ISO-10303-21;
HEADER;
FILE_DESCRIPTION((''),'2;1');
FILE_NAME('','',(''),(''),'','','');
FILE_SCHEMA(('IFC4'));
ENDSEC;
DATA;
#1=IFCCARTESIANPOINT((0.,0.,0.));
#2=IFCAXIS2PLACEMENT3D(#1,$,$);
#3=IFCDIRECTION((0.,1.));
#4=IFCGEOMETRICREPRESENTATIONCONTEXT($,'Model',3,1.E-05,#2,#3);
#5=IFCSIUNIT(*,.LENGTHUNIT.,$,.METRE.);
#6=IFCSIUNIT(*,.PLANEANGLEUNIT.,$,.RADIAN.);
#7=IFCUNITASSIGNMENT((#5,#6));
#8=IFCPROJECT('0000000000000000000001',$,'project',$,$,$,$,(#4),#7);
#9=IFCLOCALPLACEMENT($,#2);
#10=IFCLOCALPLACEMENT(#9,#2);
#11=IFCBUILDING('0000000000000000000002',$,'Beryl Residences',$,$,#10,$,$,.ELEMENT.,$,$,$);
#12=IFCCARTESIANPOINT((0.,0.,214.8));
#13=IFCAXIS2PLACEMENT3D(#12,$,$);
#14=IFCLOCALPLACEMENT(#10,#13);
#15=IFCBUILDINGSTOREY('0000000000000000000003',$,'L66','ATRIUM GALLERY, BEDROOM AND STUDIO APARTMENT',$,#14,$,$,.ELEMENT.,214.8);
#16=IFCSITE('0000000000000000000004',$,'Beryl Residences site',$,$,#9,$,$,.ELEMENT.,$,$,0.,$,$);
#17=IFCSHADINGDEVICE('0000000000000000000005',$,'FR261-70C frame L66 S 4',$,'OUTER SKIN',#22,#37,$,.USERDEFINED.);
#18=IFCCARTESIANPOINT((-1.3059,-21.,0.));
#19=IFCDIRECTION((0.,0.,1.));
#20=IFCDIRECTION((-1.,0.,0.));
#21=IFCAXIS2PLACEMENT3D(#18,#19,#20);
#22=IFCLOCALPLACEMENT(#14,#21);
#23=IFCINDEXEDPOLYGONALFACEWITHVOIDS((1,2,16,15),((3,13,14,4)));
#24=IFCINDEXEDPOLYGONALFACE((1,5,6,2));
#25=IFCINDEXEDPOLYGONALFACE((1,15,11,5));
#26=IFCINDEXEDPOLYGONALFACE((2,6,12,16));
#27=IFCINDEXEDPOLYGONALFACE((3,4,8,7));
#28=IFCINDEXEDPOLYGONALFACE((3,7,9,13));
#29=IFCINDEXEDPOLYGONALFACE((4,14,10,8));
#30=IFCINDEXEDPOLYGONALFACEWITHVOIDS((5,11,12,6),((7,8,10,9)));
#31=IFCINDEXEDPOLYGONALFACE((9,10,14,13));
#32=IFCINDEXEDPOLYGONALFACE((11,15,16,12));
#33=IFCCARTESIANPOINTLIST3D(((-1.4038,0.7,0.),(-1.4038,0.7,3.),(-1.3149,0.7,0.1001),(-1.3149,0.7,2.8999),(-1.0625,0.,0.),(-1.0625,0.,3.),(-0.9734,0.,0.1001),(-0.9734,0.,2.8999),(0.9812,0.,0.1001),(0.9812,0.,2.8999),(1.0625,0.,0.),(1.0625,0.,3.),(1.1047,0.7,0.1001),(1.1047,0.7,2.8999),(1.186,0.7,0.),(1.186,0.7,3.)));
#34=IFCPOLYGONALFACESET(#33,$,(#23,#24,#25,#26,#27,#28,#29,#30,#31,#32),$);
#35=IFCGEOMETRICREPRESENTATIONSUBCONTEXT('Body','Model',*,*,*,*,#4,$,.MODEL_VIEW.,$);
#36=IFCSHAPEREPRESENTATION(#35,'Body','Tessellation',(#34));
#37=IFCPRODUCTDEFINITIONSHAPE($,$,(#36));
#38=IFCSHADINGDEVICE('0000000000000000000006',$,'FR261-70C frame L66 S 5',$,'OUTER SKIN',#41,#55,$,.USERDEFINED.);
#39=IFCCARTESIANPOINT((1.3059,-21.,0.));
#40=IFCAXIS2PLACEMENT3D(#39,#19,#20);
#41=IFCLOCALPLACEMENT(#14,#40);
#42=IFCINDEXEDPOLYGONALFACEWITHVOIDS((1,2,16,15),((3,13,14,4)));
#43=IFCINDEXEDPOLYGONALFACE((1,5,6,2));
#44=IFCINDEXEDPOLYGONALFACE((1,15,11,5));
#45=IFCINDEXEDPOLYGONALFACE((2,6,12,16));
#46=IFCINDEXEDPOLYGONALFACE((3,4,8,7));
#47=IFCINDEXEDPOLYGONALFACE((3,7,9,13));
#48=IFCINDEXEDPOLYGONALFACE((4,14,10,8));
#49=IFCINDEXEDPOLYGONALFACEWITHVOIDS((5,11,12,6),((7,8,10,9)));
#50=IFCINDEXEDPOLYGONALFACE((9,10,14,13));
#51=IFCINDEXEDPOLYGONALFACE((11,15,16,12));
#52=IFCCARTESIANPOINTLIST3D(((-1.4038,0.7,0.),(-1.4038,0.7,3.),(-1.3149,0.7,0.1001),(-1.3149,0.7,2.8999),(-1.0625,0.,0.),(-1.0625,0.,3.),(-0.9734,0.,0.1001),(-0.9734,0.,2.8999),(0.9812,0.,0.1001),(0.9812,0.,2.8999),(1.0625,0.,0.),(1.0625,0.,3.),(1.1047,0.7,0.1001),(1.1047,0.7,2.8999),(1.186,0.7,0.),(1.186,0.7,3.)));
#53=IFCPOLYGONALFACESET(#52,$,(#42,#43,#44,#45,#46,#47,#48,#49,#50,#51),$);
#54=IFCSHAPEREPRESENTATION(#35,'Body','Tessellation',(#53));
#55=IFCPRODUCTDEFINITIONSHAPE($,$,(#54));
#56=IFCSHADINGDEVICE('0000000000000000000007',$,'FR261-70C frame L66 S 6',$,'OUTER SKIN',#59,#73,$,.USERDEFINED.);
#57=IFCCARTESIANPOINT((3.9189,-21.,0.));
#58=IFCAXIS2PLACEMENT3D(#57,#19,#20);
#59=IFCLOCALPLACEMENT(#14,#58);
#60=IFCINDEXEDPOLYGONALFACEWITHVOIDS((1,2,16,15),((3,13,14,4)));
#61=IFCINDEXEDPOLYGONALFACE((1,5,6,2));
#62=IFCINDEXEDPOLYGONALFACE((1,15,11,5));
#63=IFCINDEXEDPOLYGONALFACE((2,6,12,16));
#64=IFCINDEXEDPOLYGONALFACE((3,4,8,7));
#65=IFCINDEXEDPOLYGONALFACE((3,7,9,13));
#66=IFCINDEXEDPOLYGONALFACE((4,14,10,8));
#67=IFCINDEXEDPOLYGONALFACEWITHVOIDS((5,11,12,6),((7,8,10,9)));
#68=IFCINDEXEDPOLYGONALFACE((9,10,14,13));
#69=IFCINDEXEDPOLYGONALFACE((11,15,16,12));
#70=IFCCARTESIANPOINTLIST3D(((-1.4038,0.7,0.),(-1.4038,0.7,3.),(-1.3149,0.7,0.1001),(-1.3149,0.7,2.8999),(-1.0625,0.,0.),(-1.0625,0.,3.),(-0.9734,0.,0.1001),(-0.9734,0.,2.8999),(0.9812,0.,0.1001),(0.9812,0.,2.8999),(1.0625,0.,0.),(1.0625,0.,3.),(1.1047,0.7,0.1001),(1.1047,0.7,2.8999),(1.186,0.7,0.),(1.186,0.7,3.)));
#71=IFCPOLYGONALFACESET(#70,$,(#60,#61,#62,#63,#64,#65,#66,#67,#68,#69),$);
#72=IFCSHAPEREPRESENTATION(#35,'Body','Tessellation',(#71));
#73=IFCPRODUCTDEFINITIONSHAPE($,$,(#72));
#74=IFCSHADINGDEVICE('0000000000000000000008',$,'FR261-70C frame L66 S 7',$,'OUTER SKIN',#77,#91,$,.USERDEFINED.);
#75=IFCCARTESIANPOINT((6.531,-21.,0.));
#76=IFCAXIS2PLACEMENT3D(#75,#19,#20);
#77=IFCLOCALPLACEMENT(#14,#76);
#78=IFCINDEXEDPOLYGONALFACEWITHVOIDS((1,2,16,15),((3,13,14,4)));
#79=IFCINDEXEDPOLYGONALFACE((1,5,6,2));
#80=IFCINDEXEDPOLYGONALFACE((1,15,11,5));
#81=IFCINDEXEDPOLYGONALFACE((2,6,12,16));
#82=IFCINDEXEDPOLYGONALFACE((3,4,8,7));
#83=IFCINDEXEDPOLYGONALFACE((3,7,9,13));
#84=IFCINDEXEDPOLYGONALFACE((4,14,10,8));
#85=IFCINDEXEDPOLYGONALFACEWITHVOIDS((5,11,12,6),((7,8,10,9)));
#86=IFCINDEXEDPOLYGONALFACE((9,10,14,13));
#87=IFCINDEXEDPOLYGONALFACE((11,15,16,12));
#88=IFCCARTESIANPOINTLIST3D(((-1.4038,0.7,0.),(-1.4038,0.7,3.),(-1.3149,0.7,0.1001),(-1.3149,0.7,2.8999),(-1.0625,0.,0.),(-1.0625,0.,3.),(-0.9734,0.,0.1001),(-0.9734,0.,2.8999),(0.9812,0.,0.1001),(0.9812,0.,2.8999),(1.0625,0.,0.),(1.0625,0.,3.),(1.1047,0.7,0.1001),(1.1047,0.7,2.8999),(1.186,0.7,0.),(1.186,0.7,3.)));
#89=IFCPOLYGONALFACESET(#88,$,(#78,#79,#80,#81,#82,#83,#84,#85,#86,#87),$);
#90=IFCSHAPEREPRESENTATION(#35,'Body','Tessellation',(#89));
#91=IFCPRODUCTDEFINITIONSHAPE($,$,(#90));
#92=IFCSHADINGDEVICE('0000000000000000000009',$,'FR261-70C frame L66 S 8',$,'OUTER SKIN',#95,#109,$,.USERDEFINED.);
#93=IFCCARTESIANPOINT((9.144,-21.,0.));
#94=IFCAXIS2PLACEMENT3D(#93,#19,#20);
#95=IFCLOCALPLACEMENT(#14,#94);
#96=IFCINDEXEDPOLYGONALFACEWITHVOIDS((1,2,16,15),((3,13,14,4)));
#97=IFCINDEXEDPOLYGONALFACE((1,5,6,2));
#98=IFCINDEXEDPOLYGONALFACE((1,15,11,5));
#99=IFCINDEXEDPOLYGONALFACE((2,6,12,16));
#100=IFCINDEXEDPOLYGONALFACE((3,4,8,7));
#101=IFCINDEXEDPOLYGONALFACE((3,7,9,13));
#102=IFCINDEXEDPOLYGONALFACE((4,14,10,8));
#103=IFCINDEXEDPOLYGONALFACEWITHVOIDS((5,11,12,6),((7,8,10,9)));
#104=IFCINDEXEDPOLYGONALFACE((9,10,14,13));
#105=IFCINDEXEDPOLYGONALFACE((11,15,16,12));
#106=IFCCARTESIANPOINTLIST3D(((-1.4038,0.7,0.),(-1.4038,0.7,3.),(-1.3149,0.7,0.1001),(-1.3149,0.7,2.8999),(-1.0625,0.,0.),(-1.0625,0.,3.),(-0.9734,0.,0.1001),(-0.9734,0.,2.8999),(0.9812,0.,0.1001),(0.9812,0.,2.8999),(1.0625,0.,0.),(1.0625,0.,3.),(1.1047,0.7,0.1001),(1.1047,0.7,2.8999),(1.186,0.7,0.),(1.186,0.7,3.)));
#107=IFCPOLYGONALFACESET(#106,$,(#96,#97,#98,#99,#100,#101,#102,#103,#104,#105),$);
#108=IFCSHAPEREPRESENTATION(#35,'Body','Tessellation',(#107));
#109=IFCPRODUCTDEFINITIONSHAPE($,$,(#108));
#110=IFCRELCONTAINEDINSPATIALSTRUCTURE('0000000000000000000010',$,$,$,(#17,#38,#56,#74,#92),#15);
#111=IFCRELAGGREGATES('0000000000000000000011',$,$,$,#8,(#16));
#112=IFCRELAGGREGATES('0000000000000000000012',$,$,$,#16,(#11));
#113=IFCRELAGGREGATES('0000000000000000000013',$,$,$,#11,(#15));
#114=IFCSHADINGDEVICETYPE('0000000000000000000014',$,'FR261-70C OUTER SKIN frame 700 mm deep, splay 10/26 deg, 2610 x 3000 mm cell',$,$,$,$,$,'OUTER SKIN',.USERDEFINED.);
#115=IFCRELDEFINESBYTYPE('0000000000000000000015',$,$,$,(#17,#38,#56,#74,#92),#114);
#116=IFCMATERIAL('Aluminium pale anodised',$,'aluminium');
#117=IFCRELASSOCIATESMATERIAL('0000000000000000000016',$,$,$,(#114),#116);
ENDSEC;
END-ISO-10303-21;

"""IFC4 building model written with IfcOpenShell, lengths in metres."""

from ifc_helpers import new_model, entity, si_unit, direction, frame, origin, place, context, subcontext, project, spatial, source, transform, mapped, material, type_object, type_shapes, element, save


model = new_model("IFC4")

# Units and contexts
model_context = context("Model", 3, precision=1e-05, world=origin(), true_north=direction((0.0, 1.0)))
body_context = subcontext(model_context, "Body", "Model", "MODEL_VIEW")
ifc_project = project(units=[si_unit("LENGTHUNIT", "METRE"), si_unit("PLANEANGLEUNIT", "RADIAN")], contexts=[model_context])

# Site, building, storey
site_placement = place(None, origin())
site = spatial("IfcSite", under=ifc_project, at=site_placement, Name="Beryl Residences site", CompositionType="ELEMENT", RefElevation=0.0)
building_placement = place(site_placement, origin())
building = spatial("IfcBuilding", under=site, at=building_placement, Name="Beryl Residences", CompositionType="ELEMENT")
storey_placement = place(building_placement, frame((0.0, 0.0, 214.8)))
storey = spatial("IfcBuildingStorey", under=building, at=storey_placement, Name="L66", Description="ATRIUM GALLERY, BEDROOM AND STUDIO APARTMENT", CompositionType="ELEMENT", Elevation=214.8)

# Shading devices
ifc_material_1 = material(Name="Aluminium pale anodised", Category="aluminium")
shading_device_type = type_object("IfcShadingDeviceType", Name="FR261-70C OUTER SKIN frame 700 mm deep, splay 10/26 deg, 2610 x 3000 mm cell", ElementType="OUTER SKIN", PredefinedType="USERDEFINED", material=ifc_material_1)
cartesian_point_1 = entity("IfcCartesianPoint", [-1.0625, 0.0])
cartesian_point_2 = entity("IfcCartesianPoint", [-0.9812, 0.1001])
cartesian_point_3 = entity("IfcCartesianPoint", [-1.186, 0.0])
cartesian_point_4 = entity("IfcCartesianPoint", [-1.1047, 0.1001])
shared_shape_1 = source(origin(), body_context, "Body", "SweptSolid", [
    entity("IfcExtrudedAreaSolidTapered", entity("IfcArbitraryProfileDefWithVoids", "AREA", None, entity("IfcPolyline", [cartesian_point_1, entity("IfcCartesianPoint", [1.0625, 0.0]), entity("IfcCartesianPoint", [1.0625, 3.0]), entity("IfcCartesianPoint", [-1.0625, 3.0]), cartesian_point_1]), [entity("IfcPolyline", [cartesian_point_2, entity("IfcCartesianPoint", [0.9734, 0.1001]), entity("IfcCartesianPoint", [0.9734, 2.8999]), entity("IfcCartesianPoint", [-0.9812, 2.8999]), cartesian_point_2])]), entity("IfcAxis2Placement3D", entity("IfcCartesianPoint", [0.0, 0.0, 0.0]), entity("IfcDirection", [0.0, 1.0, 0.0]), entity("IfcDirection", [-1.0, 0.0, 0.0])), entity("IfcDirection", [0.0, 0.0, 1.0]), 0.7, entity("IfcArbitraryProfileDefWithVoids", "AREA", None, entity("IfcPolyline", [cartesian_point_3, entity("IfcCartesianPoint", [1.4038, 0.0]), entity("IfcCartesianPoint", [1.4038, 3.0]), entity("IfcCartesianPoint", [-1.186, 3.0]), cartesian_point_3]), [entity("IfcPolyline", [cartesian_point_4, entity("IfcCartesianPoint", [1.3149, 0.1001]), entity("IfcCartesianPoint", [1.3149, 2.8999]), entity("IfcCartesianPoint", [-1.1047, 2.8999]), cartesian_point_4])])),
])
type_shapes(shading_device_type, [shared_shape_1])
for number, where, z_axis, x_axis, name in (
    (1, (-1.3059, -21.0, 0.0), (0.0, 0.0, 1.0), (-1.0, 0.0, 0.0), "FR261-70C frame L66 S 4"),
    (2, (1.3059, -21.0, 0.0), (0.0, 0.0, 1.0), (-1.0, 0.0, 0.0), "FR261-70C frame L66 S 5"),
    (3, (3.9189, -21.0, 0.0), (0.0, 0.0, 1.0), (-1.0, 0.0, 0.0), "FR261-70C frame L66 S 6"),
    (4, (6.531, -21.0, 0.0), (0.0, 0.0, 1.0), (-1.0, 0.0, 0.0), "FR261-70C frame L66 S 7"),
    (5, (9.144, -21.0, 0.0), (0.0, 0.0, 1.0), (-1.0, 0.0, 0.0), "FR261-70C frame L66 S 8"),
):
    element("IfcShadingDevice", number, at=place(storey_placement, frame(where, z_axis=z_axis, x_axis=x_axis)), inside=storey, type_object=shading_device_type, Name=name, ObjectType="OUTER SKIN", PredefinedType="USERDEFINED", context=body_context, shape_type="MappedRepresentation", body=[
        mapped(shared_shape_1, transform((0.0, 0.0, 0.0))),
    ])

save(model, "model.ifc")
